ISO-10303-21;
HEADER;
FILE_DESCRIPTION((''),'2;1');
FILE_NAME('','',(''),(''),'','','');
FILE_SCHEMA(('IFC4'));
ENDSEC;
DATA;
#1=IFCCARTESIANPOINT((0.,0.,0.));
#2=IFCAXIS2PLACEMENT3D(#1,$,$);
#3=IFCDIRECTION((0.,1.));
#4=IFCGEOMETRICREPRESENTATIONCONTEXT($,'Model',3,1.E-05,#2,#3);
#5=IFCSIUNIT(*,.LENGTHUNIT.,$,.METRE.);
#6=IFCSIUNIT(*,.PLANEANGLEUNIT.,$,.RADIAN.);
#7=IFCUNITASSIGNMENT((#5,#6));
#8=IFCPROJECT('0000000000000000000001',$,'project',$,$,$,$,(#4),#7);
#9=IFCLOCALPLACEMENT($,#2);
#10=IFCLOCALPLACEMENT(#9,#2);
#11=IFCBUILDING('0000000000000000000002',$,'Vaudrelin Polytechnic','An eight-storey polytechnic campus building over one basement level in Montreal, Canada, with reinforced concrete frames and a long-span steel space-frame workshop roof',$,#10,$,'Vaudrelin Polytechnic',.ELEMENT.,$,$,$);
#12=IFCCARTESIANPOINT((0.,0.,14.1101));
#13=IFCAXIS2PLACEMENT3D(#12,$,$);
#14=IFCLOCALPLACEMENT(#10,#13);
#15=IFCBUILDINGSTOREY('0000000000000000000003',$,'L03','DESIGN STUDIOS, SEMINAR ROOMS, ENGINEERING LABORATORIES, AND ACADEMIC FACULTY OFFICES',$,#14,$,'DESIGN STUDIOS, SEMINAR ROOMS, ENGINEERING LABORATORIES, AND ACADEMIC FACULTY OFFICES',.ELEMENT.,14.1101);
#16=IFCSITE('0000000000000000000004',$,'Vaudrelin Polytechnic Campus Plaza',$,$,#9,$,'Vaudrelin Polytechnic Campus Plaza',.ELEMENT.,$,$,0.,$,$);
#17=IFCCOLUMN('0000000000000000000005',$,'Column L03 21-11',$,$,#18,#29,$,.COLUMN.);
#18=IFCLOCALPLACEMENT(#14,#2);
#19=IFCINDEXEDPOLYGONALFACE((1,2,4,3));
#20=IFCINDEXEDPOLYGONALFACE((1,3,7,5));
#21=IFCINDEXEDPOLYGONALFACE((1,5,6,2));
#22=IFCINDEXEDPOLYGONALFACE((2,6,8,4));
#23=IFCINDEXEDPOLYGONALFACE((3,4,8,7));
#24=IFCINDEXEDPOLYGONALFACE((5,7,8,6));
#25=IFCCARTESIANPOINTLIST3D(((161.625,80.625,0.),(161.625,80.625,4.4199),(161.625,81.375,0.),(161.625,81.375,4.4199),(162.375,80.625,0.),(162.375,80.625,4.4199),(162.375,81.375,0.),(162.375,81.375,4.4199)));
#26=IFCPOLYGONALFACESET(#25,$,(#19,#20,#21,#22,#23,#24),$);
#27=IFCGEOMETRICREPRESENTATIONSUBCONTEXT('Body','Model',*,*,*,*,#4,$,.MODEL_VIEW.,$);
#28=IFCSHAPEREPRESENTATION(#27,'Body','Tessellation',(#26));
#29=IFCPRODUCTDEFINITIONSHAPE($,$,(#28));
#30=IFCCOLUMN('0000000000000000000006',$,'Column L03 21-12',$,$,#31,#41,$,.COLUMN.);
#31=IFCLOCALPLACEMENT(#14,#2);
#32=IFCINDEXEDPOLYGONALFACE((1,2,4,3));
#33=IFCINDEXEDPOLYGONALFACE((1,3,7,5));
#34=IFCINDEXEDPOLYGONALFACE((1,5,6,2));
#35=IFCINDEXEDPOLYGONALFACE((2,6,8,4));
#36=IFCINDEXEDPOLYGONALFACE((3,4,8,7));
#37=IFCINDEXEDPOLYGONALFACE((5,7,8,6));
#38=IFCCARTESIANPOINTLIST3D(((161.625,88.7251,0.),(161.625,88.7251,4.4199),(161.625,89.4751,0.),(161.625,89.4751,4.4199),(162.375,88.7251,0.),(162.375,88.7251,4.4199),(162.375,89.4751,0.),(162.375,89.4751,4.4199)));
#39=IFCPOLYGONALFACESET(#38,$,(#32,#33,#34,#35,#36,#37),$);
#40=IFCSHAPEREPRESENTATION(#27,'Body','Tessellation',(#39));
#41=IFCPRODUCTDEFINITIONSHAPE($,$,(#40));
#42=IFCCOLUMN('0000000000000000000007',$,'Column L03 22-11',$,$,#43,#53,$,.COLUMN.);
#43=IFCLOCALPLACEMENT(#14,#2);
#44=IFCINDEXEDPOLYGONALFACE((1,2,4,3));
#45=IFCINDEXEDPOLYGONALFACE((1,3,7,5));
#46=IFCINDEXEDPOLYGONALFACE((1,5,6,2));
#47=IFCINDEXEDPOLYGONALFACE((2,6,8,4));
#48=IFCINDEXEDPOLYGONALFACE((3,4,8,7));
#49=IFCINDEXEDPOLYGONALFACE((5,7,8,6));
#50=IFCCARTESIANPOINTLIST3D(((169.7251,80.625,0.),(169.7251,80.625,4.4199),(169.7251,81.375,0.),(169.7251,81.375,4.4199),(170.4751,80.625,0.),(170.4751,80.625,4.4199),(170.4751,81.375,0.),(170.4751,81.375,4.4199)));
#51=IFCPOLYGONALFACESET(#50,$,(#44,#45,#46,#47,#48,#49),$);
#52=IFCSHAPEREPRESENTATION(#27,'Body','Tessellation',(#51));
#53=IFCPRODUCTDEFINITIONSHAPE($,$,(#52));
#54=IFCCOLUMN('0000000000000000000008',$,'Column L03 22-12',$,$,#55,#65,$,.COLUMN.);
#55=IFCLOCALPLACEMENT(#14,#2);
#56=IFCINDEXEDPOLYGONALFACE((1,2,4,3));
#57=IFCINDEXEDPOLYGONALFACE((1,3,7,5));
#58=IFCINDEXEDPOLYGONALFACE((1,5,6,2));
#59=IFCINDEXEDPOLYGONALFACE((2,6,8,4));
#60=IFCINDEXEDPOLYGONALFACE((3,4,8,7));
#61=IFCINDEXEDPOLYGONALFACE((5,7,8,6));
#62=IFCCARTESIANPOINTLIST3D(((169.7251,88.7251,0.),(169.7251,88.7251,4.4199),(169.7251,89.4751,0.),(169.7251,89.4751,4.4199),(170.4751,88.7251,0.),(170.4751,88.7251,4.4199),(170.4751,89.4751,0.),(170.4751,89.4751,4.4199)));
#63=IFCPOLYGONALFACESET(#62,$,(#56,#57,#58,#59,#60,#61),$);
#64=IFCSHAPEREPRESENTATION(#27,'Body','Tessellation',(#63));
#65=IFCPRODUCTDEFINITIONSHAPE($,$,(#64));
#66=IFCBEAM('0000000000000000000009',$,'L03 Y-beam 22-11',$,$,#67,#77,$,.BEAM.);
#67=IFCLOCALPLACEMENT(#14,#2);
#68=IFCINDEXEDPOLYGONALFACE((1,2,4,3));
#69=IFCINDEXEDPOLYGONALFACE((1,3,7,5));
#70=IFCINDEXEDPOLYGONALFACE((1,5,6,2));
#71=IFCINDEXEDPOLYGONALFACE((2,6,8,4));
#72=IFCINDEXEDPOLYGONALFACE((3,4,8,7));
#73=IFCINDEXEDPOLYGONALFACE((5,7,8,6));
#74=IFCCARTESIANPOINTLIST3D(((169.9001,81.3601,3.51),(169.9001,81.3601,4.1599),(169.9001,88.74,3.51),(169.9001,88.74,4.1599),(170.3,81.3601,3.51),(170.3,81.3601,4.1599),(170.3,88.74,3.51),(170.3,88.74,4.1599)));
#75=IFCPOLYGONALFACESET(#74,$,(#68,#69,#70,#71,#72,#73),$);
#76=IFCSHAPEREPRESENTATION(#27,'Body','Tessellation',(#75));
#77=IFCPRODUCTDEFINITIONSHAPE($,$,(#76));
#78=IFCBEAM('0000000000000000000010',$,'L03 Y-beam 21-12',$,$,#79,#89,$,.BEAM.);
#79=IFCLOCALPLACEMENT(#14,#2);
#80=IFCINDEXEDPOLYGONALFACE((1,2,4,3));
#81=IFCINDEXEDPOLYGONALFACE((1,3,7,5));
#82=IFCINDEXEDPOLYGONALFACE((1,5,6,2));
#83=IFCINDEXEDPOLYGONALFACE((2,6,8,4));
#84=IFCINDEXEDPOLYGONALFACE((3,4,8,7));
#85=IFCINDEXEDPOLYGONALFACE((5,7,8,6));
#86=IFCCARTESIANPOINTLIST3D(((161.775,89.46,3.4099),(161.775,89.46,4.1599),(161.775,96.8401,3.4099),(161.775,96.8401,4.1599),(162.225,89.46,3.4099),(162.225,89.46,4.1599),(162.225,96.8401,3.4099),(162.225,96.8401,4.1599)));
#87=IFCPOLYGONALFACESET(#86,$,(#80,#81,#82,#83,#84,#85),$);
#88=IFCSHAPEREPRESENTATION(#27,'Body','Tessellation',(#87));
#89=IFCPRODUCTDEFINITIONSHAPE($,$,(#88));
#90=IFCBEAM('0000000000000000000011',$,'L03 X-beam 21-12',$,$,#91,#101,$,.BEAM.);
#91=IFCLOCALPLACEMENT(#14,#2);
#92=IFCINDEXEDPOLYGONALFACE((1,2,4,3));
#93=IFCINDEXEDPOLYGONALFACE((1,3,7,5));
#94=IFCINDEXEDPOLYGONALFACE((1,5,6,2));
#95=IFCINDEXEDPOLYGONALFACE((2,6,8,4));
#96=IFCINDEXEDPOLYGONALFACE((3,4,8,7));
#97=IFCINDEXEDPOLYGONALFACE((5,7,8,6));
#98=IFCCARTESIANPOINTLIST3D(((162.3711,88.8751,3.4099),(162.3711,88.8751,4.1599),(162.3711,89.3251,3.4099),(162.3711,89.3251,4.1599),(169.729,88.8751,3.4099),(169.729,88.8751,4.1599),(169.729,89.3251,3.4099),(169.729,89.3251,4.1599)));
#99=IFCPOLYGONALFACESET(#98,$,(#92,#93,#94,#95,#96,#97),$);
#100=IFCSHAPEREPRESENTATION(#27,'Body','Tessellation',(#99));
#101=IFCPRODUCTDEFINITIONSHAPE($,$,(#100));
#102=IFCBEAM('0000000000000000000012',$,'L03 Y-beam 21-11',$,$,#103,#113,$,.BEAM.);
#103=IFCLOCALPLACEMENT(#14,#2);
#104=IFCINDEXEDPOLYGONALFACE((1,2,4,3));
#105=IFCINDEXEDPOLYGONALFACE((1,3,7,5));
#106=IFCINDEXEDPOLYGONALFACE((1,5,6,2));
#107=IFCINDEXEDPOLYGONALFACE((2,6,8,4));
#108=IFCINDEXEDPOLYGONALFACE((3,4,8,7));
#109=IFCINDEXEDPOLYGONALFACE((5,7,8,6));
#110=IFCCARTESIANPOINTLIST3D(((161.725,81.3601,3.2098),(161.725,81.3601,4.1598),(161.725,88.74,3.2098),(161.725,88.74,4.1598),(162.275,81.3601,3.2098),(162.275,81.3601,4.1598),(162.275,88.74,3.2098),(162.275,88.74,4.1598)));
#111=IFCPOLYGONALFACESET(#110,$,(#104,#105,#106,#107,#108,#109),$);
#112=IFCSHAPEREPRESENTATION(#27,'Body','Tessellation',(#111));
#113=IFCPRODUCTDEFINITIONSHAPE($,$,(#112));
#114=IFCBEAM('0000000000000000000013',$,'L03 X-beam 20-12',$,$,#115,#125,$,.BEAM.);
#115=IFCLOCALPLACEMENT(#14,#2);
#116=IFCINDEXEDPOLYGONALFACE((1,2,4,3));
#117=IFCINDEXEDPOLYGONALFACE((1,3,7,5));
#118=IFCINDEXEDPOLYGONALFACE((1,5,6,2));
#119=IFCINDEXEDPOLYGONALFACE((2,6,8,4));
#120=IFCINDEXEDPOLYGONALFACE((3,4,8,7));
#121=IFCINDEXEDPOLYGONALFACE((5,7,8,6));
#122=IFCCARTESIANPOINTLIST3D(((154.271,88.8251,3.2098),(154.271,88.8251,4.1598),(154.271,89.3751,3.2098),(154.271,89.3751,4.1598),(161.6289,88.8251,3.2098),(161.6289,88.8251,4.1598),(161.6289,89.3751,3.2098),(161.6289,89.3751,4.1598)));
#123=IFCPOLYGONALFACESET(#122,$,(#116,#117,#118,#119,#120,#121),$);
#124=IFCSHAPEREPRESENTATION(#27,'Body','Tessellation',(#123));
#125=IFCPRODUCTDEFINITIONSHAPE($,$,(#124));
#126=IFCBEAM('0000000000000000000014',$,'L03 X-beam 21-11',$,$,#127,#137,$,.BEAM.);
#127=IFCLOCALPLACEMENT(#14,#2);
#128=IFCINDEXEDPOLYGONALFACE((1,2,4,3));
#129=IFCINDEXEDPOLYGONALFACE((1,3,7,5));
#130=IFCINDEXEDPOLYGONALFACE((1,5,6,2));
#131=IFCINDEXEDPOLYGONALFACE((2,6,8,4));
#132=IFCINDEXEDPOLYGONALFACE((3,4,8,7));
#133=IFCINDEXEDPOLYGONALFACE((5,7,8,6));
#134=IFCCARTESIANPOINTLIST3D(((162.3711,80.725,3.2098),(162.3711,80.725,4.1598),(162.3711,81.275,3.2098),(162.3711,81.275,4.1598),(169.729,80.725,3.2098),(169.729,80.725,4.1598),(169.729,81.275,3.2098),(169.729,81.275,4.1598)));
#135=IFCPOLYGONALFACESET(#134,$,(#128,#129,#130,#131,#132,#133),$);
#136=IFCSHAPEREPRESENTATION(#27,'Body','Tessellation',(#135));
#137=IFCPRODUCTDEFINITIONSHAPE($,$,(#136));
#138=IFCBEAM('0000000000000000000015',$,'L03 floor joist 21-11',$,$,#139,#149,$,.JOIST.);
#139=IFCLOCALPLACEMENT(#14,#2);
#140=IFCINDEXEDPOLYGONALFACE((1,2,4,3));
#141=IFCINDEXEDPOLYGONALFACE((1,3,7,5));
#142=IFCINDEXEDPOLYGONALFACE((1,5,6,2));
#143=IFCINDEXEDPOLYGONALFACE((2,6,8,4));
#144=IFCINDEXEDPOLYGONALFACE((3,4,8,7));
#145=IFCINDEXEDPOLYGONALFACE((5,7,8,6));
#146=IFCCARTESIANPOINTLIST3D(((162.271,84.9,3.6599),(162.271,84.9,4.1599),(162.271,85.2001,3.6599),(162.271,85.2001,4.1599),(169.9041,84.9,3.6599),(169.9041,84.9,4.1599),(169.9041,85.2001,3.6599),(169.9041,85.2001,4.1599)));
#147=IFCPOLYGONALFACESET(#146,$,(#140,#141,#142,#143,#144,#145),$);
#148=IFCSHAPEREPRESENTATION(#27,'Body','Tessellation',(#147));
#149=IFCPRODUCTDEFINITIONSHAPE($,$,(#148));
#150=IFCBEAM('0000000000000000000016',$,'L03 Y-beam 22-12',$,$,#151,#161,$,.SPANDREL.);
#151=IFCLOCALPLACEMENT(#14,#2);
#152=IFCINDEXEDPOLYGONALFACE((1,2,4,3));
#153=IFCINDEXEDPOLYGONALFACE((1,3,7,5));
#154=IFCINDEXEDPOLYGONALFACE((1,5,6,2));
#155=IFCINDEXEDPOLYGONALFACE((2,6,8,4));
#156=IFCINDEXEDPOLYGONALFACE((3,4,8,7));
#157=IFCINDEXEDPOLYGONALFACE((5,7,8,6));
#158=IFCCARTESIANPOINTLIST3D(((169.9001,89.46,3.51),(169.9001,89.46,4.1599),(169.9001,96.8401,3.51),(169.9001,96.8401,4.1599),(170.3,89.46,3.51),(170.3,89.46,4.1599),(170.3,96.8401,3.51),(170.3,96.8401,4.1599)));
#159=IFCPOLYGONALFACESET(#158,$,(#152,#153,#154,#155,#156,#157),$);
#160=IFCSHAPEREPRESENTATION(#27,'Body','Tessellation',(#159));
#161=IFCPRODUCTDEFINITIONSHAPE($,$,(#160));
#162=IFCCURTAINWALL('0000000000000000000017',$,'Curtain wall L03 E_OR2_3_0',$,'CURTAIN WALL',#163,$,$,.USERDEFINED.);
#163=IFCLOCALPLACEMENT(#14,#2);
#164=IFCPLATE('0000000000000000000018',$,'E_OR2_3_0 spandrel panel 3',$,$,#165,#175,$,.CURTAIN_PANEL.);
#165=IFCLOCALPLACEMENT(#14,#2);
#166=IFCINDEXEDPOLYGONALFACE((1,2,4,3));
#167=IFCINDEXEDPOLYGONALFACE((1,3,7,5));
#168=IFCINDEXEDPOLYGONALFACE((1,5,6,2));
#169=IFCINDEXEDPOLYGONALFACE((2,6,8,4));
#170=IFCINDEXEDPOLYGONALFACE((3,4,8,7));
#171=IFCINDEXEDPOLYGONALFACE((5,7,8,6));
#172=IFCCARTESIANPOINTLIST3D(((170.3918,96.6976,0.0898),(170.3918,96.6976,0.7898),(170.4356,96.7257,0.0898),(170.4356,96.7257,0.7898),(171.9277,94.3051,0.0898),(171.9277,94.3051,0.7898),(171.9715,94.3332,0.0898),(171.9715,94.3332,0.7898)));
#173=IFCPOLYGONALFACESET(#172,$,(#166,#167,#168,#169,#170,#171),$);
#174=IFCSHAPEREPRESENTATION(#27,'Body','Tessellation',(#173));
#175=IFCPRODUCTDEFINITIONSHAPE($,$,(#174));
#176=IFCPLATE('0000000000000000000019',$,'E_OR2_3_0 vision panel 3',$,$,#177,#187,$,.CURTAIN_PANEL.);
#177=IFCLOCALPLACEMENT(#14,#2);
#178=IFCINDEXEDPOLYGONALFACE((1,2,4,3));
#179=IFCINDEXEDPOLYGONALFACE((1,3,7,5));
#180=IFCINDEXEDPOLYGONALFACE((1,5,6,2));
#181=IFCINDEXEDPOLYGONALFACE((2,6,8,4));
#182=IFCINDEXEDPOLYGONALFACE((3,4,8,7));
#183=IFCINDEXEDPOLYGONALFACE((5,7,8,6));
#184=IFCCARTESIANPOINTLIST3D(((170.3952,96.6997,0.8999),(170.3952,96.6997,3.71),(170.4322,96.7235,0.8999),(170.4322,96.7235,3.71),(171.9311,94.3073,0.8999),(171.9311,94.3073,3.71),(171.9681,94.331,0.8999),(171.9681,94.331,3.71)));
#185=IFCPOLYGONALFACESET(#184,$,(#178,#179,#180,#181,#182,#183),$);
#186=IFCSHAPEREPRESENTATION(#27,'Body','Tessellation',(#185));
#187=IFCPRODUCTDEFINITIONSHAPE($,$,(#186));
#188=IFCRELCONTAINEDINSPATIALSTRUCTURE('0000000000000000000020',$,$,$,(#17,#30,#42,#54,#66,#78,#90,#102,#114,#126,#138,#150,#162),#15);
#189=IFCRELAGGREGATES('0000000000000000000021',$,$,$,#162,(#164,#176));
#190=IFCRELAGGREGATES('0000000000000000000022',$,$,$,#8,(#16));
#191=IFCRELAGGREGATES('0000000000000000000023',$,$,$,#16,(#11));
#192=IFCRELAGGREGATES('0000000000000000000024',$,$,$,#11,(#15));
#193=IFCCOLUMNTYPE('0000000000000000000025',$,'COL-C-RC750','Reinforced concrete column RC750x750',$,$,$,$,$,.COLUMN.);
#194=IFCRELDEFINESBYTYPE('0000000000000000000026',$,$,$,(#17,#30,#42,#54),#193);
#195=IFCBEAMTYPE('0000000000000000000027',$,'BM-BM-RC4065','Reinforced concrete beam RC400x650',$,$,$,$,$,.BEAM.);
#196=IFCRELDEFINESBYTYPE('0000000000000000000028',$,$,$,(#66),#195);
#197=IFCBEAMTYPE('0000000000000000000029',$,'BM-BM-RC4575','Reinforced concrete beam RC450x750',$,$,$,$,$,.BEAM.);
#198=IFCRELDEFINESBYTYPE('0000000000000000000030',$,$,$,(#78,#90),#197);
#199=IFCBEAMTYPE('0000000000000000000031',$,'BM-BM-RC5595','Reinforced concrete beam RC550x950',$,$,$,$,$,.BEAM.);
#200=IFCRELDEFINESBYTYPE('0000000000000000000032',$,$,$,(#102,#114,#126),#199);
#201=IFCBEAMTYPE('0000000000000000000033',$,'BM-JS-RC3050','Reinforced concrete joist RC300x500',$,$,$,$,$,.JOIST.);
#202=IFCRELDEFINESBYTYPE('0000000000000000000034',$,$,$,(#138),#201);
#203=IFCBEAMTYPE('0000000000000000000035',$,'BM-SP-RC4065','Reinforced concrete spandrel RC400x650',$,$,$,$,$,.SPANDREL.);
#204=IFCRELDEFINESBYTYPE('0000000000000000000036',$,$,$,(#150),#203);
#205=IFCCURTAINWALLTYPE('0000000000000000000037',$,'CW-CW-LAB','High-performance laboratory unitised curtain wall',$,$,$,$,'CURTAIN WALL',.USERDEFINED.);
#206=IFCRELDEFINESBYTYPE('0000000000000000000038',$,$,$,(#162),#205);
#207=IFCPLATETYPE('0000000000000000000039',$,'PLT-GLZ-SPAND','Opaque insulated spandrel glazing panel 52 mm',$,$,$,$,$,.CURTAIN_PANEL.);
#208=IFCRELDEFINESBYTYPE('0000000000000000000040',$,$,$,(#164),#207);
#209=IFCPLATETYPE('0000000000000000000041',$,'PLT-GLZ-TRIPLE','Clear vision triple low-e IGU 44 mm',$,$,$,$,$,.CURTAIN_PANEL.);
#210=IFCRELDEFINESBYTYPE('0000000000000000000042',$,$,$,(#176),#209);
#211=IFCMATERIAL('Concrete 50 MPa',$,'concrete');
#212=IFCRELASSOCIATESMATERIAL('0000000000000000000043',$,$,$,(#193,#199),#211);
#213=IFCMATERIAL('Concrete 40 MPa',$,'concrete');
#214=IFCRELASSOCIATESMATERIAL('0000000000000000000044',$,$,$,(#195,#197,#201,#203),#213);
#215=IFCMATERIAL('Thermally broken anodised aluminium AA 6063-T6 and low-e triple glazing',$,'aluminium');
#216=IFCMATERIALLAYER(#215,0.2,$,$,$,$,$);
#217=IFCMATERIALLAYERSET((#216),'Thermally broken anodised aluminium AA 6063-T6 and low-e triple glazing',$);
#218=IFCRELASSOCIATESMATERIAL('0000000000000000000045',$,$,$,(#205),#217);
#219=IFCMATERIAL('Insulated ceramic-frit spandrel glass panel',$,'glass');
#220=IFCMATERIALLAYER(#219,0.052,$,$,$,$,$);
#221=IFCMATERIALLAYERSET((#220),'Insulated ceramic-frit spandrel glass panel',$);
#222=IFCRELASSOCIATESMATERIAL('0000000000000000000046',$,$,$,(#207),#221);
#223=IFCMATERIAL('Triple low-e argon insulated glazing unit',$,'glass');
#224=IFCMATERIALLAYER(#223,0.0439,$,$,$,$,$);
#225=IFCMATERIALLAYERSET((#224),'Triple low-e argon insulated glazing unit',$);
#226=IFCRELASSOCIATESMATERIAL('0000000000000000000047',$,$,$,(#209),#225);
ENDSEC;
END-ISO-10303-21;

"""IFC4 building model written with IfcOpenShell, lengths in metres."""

from ifc_helpers import new_model, si_unit, direction, frame, origin, origin_2d, place, context, subcontext, project, spatial, rectangle, extrude, material, layer, layer_set, material_profile, profile_set, type_object, element, aggregate, save


model = new_model("IFC4")

# Units and contexts
model_context = context("Model", 3, precision=1e-05, world=origin(), true_north=direction((0.0, 1.0)))
body_context = subcontext(model_context, "Body", "Model", "MODEL_VIEW")
ifc_project = project(units=[si_unit("LENGTHUNIT", "METRE"), si_unit("PLANEANGLEUNIT", "RADIAN")], contexts=[model_context])

# Site, building, storey
site_placement = place(None, origin())
site = spatial("IfcSite", under=ifc_project, at=site_placement, Name="Vaudrelin Polytechnic Campus Plaza", LongName="Vaudrelin Polytechnic Campus Plaza", CompositionType="ELEMENT", RefElevation=0.0)
building_placement = place(site_placement, origin())
building = spatial("IfcBuilding", under=site, at=building_placement, Name="Vaudrelin Polytechnic", Description="An eight-storey polytechnic campus building over one basement level in Montreal, Canada, with reinforced concrete frames and a long-span steel space-frame workshop roof", LongName="Vaudrelin Polytechnic", CompositionType="ELEMENT")
storey_placement = place(building_placement, frame((0.0, 0.0, 14.1101)))
storey = spatial("IfcBuildingStorey", under=building, at=storey_placement, Name="L03", Description="DESIGN STUDIOS, SEMINAR ROOMS, ENGINEERING LABORATORIES, AND ACADEMIC FACULTY OFFICES", LongName="DESIGN STUDIOS, SEMINAR ROOMS, ENGINEERING LABORATORIES, AND ACADEMIC FACULTY OFFICES", CompositionType="ELEMENT", Elevation=14.1101)

# Columns
ifc_material_1 = material(Name="Concrete 50 MPa", Category="concrete")
ifc_material_profile_1 = material_profile(ifc_material_1, rectangle(XDim=0.75, YDim=0.75, at=origin_2d()), Name="RC750x750")
ifc_profile_set_1 = profile_set([ifc_material_profile_1], Name="Concrete 50 MPa")
column_type = type_object("IfcColumnType", Name="COL-C-RC750", Description="Reinforced concrete column RC750x750", PredefinedType="COLUMN", material=ifc_profile_set_1)
for number, where, z_axis, x_axis, name in (
    (1, (162.0, 81.0, 0.0), (0.0, 0.0, 1.0), (1.0, 0.0, 0.0), "Column L03 21-11"),
    (2, (162.0, 89.1001, 0.0), (0.0, 0.0, 1.0), (1.0, 0.0, 0.0), "Column L03 21-12"),
    (3, (170.1001, 81.0, 0.0), (0.0, 0.0, 1.0), (1.0, 0.0, 0.0), "Column L03 22-11"),
    (4, (170.1001, 89.1001, 0.0), (0.0, 0.0, 1.0), (1.0, 0.0, 0.0), "Column L03 22-12"),
):
    element("IfcColumn", number, at=place(storey_placement, frame(where, z_axis=z_axis, x_axis=x_axis)), inside=storey, type_object=column_type, Name=name, PredefinedType="COLUMN", context=body_context, shape_type="SweptSolid", body=[
        extrude(rectangle(XDim=0.75, YDim=0.75, at=origin_2d()), origin(), (0.0, 0.0, 1.0), 4.4199),
    ])

# Beams
ifc_material_2 = material(Name="Concrete 40 MPa", Category="concrete")
ifc_material_profile_2 = material_profile(ifc_material_2, rectangle(XDim=0.3999, YDim=0.6499, at=origin_2d()), Name="RC400x650")
ifc_profile_set_2 = profile_set([ifc_material_profile_2], Name="Concrete 40 MPa")
beam_type_1 = type_object("IfcBeamType", Name="BM-BM-RC4065", Description="Reinforced concrete beam RC400x650", PredefinedType="BEAM", material=ifc_profile_set_2)
beam_1_placement = place(storey_placement, frame((170.1001, 81.3601, 3.835), z_axis=(0.0, 1.0, 0.0), x_axis=(-1.0, 0.0, 0.0)))
element("IfcBeam", 5, at=beam_1_placement, inside=storey, type_object=beam_type_1, Name="L03 Y-beam 22-11", PredefinedType="BEAM", context=body_context, shape_type="SweptSolid", body=[
    extrude(rectangle(XDim=0.3999, YDim=0.6499, at=origin_2d()), origin(), (0.0, 0.0, 1.0), 7.3799),
])
ifc_material_profile_3 = material_profile(ifc_material_2, rectangle(XDim=0.45, YDim=0.75, at=origin_2d()), Name="RC450x750")
ifc_profile_set_3 = profile_set([ifc_material_profile_3], Name="Concrete 40 MPa")
beam_type_2 = type_object("IfcBeamType", Name="BM-BM-RC4575", Description="Reinforced concrete beam RC450x750", PredefinedType="BEAM", material=ifc_profile_set_3)
beam_2_placement = place(storey_placement, frame((162.0, 89.46, 3.7849), z_axis=(0.0, 1.0, 0.0), x_axis=(-1.0, 0.0, 0.0)))
element("IfcBeam", 6, at=beam_2_placement, inside=storey, type_object=beam_type_2, Name="L03 Y-beam 21-12", PredefinedType="BEAM", context=body_context, shape_type="SweptSolid", body=[
    extrude(rectangle(XDim=0.45, YDim=0.75, at=origin_2d()), origin(), (0.0, 0.0, 1.0), 7.3801),
])
beam_3_placement = place(storey_placement, frame((162.3711, 89.1001, 3.7849), z_axis=(1.0, 0.0, 0.0), x_axis=(0.0, 1.0, 0.0)))
element("IfcBeam", 7, at=beam_3_placement, inside=storey, type_object=beam_type_2, Name="L03 X-beam 21-12", PredefinedType="BEAM", context=body_context, shape_type="SweptSolid", body=[
    extrude(rectangle(XDim=0.45, YDim=0.75, at=origin_2d()), origin(), (0.0, 0.0, 1.0), 7.3579),
])
ifc_material_profile_4 = material_profile(ifc_material_1, rectangle(XDim=0.55, YDim=0.95, at=origin_2d()), Name="RC550x950")
ifc_profile_set_4 = profile_set([ifc_material_profile_4], Name="Concrete 50 MPa")
beam_type_3 = type_object("IfcBeamType", Name="BM-BM-RC5595", Description="Reinforced concrete beam RC550x950", PredefinedType="BEAM", material=ifc_profile_set_4)
beam_4_placement = place(storey_placement, frame((162.0, 81.3601, 3.6848), z_axis=(0.0, 1.0, 0.0), x_axis=(-1.0, 0.0, 0.0)))
element("IfcBeam", 8, at=beam_4_placement, inside=storey, type_object=beam_type_3, Name="L03 Y-beam 21-11", PredefinedType="BEAM", context=body_context, shape_type="SweptSolid", body=[
    extrude(rectangle(XDim=0.55, YDim=0.95, at=origin_2d()), origin(), (0.0, 0.0, 1.0), 7.3799),
])
for number, where, z_axis, x_axis, name in (
    (9, (154.271, 89.1001, 3.6848), (1.0, 0.0, 0.0), (0.0, 1.0, 0.0), "L03 X-beam 20-12"),
    (10, (162.3711, 81.0, 3.6848), (1.0, 0.0, 0.0), (0.0, 1.0, 0.0), "L03 X-beam 21-11"),
):
    element("IfcBeam", number, at=place(storey_placement, frame(where, z_axis=z_axis, x_axis=x_axis)), inside=storey, type_object=beam_type_3, Name=name, PredefinedType="BEAM", context=body_context, shape_type="SweptSolid", body=[
        extrude(rectangle(XDim=0.55, YDim=0.95, at=origin_2d()), origin(), (0.0, 0.0, 1.0), 7.3579),
    ])
ifc_material_profile_5 = material_profile(ifc_material_2, rectangle(XDim=0.3, YDim=0.5, at=origin_2d()), Name="RC300x500")
ifc_profile_set_5 = profile_set([ifc_material_profile_5], Name="Concrete 40 MPa")
beam_type_4 = type_object("IfcBeamType", Name="BM-JS-RC3050", Description="Reinforced concrete joist RC300x500", PredefinedType="JOIST", material=ifc_profile_set_5)
beam_5_placement = place(storey_placement, frame((162.271, 85.05, 3.9099), z_axis=(1.0, 0.0, 0.0), x_axis=(0.0, 1.0, 0.0)))
element("IfcBeam", 11, at=beam_5_placement, inside=storey, type_object=beam_type_4, Name="L03 floor joist 21-11", PredefinedType="JOIST", context=body_context, shape_type="SweptSolid", body=[
    extrude(rectangle(XDim=0.3, YDim=0.5, at=origin_2d()), origin(), (0.0, 0.0, 1.0), 7.6331),
])
ifc_material_profile_6 = material_profile(ifc_material_2, rectangle(XDim=0.3999, YDim=0.6499, at=origin_2d()), Name="RC400x650")
ifc_profile_set_6 = profile_set([ifc_material_profile_6], Name="Concrete 40 MPa")
beam_type_5 = type_object("IfcBeamType", Name="BM-SP-RC4065", Description="Reinforced concrete spandrel RC400x650", PredefinedType="SPANDREL", material=ifc_profile_set_6)
beam_6_placement = place(storey_placement, frame((170.1001, 89.46, 3.835), z_axis=(0.0, 1.0, 0.0), x_axis=(-1.0, 0.0, 0.0)))
element("IfcBeam", 12, at=beam_6_placement, inside=storey, type_object=beam_type_5, Name="L03 Y-beam 22-12", PredefinedType="SPANDREL", context=body_context, shape_type="SweptSolid", body=[
    extrude(rectangle(XDim=0.3999, YDim=0.6499, at=origin_2d()), origin(), (0.0, 0.0, 1.0), 7.3801),
])

# Curtain wall, plates
ifc_material_3 = material(Name="Thermally broken anodised aluminium AA 6063-T6 and low-e triple glazing", Category="aluminium")
ifc_layer_1 = layer(ifc_material_3, 0.2)
ifc_layer_set_1 = layer_set([ifc_layer_1], Name="Thermally broken anodised aluminium AA 6063-T6 and low-e triple glazing")
curtain_wall_type = type_object("IfcCurtainWallType", Name="CW-CW-LAB", Description="High-performance laboratory unitised curtain wall", ElementType="CURTAIN WALL", PredefinedType="USERDEFINED", material=ifc_layer_set_1)
curtain_wall_placement = place(storey_placement, origin())
curtain_wall = element("IfcCurtainWall", 13, at=curtain_wall_placement, inside=storey, type_object=curtain_wall_type, Name="Curtain wall L03 E_OR2_3_0", ObjectType="CURTAIN WALL", PredefinedType="USERDEFINED")
ifc_material_4 = material(Name="Insulated ceramic-frit spandrel glass panel", Category="glass")
ifc_layer_2 = layer(ifc_material_4, 0.052)
ifc_layer_set_2 = layer_set([ifc_layer_2], Name="Insulated ceramic-frit spandrel glass panel")
plate_type_1 = type_object("IfcPlateType", Name="PLT-GLZ-SPAND", Description="Opaque insulated spandrel glazing panel 52 mm", PredefinedType="CURTAIN_PANEL", material=ifc_layer_set_2)
plate_1_placement = place(storey_placement, frame((171.1816, 95.5154, 0.0898), z_axis=(0.0, 0.0, 1.0), x_axis=(-0.540228, 0.841519, 0.0)))
plate_1 = element("IfcPlate", 14, at=plate_1_placement, type_object=plate_type_1, Name="E_OR2_3_0 spandrel panel 3", PredefinedType="CURTAIN_PANEL", context=body_context, shape_type="SweptSolid", body=[
    extrude(rectangle(XDim=2.843, YDim=0.052, at=origin_2d()), origin(), (0.0, 0.0, 1.0), 0.7),
])
ifc_material_5 = material(Name="Triple low-e argon insulated glazing unit", Category="glass")
ifc_layer_3 = layer(ifc_material_5, 0.0439)
ifc_layer_set_3 = layer_set([ifc_layer_3], Name="Triple low-e argon insulated glazing unit")
plate_type_2 = type_object("IfcPlateType", Name="PLT-GLZ-TRIPLE", Description="Clear vision triple low-e IGU 44 mm", PredefinedType="CURTAIN_PANEL", material=ifc_layer_set_3)
plate_2_placement = place(storey_placement, frame((171.1816, 95.5154, 0.8999), z_axis=(0.0, 0.0, 1.0), x_axis=(-0.540228, 0.841519, 0.0)))
plate_2 = element("IfcPlate", 15, at=plate_2_placement, type_object=plate_type_2, Name="E_OR2_3_0 vision panel 3", PredefinedType="CURTAIN_PANEL", context=body_context, shape_type="SweptSolid", body=[
    extrude(rectangle(XDim=2.843, YDim=0.0439, at=origin_2d()), origin(), (0.0, 0.0, 1.0), 2.8101),
])
aggregate(curtain_wall, [plate_1, plate_2])

save(model, "model.ifc")
